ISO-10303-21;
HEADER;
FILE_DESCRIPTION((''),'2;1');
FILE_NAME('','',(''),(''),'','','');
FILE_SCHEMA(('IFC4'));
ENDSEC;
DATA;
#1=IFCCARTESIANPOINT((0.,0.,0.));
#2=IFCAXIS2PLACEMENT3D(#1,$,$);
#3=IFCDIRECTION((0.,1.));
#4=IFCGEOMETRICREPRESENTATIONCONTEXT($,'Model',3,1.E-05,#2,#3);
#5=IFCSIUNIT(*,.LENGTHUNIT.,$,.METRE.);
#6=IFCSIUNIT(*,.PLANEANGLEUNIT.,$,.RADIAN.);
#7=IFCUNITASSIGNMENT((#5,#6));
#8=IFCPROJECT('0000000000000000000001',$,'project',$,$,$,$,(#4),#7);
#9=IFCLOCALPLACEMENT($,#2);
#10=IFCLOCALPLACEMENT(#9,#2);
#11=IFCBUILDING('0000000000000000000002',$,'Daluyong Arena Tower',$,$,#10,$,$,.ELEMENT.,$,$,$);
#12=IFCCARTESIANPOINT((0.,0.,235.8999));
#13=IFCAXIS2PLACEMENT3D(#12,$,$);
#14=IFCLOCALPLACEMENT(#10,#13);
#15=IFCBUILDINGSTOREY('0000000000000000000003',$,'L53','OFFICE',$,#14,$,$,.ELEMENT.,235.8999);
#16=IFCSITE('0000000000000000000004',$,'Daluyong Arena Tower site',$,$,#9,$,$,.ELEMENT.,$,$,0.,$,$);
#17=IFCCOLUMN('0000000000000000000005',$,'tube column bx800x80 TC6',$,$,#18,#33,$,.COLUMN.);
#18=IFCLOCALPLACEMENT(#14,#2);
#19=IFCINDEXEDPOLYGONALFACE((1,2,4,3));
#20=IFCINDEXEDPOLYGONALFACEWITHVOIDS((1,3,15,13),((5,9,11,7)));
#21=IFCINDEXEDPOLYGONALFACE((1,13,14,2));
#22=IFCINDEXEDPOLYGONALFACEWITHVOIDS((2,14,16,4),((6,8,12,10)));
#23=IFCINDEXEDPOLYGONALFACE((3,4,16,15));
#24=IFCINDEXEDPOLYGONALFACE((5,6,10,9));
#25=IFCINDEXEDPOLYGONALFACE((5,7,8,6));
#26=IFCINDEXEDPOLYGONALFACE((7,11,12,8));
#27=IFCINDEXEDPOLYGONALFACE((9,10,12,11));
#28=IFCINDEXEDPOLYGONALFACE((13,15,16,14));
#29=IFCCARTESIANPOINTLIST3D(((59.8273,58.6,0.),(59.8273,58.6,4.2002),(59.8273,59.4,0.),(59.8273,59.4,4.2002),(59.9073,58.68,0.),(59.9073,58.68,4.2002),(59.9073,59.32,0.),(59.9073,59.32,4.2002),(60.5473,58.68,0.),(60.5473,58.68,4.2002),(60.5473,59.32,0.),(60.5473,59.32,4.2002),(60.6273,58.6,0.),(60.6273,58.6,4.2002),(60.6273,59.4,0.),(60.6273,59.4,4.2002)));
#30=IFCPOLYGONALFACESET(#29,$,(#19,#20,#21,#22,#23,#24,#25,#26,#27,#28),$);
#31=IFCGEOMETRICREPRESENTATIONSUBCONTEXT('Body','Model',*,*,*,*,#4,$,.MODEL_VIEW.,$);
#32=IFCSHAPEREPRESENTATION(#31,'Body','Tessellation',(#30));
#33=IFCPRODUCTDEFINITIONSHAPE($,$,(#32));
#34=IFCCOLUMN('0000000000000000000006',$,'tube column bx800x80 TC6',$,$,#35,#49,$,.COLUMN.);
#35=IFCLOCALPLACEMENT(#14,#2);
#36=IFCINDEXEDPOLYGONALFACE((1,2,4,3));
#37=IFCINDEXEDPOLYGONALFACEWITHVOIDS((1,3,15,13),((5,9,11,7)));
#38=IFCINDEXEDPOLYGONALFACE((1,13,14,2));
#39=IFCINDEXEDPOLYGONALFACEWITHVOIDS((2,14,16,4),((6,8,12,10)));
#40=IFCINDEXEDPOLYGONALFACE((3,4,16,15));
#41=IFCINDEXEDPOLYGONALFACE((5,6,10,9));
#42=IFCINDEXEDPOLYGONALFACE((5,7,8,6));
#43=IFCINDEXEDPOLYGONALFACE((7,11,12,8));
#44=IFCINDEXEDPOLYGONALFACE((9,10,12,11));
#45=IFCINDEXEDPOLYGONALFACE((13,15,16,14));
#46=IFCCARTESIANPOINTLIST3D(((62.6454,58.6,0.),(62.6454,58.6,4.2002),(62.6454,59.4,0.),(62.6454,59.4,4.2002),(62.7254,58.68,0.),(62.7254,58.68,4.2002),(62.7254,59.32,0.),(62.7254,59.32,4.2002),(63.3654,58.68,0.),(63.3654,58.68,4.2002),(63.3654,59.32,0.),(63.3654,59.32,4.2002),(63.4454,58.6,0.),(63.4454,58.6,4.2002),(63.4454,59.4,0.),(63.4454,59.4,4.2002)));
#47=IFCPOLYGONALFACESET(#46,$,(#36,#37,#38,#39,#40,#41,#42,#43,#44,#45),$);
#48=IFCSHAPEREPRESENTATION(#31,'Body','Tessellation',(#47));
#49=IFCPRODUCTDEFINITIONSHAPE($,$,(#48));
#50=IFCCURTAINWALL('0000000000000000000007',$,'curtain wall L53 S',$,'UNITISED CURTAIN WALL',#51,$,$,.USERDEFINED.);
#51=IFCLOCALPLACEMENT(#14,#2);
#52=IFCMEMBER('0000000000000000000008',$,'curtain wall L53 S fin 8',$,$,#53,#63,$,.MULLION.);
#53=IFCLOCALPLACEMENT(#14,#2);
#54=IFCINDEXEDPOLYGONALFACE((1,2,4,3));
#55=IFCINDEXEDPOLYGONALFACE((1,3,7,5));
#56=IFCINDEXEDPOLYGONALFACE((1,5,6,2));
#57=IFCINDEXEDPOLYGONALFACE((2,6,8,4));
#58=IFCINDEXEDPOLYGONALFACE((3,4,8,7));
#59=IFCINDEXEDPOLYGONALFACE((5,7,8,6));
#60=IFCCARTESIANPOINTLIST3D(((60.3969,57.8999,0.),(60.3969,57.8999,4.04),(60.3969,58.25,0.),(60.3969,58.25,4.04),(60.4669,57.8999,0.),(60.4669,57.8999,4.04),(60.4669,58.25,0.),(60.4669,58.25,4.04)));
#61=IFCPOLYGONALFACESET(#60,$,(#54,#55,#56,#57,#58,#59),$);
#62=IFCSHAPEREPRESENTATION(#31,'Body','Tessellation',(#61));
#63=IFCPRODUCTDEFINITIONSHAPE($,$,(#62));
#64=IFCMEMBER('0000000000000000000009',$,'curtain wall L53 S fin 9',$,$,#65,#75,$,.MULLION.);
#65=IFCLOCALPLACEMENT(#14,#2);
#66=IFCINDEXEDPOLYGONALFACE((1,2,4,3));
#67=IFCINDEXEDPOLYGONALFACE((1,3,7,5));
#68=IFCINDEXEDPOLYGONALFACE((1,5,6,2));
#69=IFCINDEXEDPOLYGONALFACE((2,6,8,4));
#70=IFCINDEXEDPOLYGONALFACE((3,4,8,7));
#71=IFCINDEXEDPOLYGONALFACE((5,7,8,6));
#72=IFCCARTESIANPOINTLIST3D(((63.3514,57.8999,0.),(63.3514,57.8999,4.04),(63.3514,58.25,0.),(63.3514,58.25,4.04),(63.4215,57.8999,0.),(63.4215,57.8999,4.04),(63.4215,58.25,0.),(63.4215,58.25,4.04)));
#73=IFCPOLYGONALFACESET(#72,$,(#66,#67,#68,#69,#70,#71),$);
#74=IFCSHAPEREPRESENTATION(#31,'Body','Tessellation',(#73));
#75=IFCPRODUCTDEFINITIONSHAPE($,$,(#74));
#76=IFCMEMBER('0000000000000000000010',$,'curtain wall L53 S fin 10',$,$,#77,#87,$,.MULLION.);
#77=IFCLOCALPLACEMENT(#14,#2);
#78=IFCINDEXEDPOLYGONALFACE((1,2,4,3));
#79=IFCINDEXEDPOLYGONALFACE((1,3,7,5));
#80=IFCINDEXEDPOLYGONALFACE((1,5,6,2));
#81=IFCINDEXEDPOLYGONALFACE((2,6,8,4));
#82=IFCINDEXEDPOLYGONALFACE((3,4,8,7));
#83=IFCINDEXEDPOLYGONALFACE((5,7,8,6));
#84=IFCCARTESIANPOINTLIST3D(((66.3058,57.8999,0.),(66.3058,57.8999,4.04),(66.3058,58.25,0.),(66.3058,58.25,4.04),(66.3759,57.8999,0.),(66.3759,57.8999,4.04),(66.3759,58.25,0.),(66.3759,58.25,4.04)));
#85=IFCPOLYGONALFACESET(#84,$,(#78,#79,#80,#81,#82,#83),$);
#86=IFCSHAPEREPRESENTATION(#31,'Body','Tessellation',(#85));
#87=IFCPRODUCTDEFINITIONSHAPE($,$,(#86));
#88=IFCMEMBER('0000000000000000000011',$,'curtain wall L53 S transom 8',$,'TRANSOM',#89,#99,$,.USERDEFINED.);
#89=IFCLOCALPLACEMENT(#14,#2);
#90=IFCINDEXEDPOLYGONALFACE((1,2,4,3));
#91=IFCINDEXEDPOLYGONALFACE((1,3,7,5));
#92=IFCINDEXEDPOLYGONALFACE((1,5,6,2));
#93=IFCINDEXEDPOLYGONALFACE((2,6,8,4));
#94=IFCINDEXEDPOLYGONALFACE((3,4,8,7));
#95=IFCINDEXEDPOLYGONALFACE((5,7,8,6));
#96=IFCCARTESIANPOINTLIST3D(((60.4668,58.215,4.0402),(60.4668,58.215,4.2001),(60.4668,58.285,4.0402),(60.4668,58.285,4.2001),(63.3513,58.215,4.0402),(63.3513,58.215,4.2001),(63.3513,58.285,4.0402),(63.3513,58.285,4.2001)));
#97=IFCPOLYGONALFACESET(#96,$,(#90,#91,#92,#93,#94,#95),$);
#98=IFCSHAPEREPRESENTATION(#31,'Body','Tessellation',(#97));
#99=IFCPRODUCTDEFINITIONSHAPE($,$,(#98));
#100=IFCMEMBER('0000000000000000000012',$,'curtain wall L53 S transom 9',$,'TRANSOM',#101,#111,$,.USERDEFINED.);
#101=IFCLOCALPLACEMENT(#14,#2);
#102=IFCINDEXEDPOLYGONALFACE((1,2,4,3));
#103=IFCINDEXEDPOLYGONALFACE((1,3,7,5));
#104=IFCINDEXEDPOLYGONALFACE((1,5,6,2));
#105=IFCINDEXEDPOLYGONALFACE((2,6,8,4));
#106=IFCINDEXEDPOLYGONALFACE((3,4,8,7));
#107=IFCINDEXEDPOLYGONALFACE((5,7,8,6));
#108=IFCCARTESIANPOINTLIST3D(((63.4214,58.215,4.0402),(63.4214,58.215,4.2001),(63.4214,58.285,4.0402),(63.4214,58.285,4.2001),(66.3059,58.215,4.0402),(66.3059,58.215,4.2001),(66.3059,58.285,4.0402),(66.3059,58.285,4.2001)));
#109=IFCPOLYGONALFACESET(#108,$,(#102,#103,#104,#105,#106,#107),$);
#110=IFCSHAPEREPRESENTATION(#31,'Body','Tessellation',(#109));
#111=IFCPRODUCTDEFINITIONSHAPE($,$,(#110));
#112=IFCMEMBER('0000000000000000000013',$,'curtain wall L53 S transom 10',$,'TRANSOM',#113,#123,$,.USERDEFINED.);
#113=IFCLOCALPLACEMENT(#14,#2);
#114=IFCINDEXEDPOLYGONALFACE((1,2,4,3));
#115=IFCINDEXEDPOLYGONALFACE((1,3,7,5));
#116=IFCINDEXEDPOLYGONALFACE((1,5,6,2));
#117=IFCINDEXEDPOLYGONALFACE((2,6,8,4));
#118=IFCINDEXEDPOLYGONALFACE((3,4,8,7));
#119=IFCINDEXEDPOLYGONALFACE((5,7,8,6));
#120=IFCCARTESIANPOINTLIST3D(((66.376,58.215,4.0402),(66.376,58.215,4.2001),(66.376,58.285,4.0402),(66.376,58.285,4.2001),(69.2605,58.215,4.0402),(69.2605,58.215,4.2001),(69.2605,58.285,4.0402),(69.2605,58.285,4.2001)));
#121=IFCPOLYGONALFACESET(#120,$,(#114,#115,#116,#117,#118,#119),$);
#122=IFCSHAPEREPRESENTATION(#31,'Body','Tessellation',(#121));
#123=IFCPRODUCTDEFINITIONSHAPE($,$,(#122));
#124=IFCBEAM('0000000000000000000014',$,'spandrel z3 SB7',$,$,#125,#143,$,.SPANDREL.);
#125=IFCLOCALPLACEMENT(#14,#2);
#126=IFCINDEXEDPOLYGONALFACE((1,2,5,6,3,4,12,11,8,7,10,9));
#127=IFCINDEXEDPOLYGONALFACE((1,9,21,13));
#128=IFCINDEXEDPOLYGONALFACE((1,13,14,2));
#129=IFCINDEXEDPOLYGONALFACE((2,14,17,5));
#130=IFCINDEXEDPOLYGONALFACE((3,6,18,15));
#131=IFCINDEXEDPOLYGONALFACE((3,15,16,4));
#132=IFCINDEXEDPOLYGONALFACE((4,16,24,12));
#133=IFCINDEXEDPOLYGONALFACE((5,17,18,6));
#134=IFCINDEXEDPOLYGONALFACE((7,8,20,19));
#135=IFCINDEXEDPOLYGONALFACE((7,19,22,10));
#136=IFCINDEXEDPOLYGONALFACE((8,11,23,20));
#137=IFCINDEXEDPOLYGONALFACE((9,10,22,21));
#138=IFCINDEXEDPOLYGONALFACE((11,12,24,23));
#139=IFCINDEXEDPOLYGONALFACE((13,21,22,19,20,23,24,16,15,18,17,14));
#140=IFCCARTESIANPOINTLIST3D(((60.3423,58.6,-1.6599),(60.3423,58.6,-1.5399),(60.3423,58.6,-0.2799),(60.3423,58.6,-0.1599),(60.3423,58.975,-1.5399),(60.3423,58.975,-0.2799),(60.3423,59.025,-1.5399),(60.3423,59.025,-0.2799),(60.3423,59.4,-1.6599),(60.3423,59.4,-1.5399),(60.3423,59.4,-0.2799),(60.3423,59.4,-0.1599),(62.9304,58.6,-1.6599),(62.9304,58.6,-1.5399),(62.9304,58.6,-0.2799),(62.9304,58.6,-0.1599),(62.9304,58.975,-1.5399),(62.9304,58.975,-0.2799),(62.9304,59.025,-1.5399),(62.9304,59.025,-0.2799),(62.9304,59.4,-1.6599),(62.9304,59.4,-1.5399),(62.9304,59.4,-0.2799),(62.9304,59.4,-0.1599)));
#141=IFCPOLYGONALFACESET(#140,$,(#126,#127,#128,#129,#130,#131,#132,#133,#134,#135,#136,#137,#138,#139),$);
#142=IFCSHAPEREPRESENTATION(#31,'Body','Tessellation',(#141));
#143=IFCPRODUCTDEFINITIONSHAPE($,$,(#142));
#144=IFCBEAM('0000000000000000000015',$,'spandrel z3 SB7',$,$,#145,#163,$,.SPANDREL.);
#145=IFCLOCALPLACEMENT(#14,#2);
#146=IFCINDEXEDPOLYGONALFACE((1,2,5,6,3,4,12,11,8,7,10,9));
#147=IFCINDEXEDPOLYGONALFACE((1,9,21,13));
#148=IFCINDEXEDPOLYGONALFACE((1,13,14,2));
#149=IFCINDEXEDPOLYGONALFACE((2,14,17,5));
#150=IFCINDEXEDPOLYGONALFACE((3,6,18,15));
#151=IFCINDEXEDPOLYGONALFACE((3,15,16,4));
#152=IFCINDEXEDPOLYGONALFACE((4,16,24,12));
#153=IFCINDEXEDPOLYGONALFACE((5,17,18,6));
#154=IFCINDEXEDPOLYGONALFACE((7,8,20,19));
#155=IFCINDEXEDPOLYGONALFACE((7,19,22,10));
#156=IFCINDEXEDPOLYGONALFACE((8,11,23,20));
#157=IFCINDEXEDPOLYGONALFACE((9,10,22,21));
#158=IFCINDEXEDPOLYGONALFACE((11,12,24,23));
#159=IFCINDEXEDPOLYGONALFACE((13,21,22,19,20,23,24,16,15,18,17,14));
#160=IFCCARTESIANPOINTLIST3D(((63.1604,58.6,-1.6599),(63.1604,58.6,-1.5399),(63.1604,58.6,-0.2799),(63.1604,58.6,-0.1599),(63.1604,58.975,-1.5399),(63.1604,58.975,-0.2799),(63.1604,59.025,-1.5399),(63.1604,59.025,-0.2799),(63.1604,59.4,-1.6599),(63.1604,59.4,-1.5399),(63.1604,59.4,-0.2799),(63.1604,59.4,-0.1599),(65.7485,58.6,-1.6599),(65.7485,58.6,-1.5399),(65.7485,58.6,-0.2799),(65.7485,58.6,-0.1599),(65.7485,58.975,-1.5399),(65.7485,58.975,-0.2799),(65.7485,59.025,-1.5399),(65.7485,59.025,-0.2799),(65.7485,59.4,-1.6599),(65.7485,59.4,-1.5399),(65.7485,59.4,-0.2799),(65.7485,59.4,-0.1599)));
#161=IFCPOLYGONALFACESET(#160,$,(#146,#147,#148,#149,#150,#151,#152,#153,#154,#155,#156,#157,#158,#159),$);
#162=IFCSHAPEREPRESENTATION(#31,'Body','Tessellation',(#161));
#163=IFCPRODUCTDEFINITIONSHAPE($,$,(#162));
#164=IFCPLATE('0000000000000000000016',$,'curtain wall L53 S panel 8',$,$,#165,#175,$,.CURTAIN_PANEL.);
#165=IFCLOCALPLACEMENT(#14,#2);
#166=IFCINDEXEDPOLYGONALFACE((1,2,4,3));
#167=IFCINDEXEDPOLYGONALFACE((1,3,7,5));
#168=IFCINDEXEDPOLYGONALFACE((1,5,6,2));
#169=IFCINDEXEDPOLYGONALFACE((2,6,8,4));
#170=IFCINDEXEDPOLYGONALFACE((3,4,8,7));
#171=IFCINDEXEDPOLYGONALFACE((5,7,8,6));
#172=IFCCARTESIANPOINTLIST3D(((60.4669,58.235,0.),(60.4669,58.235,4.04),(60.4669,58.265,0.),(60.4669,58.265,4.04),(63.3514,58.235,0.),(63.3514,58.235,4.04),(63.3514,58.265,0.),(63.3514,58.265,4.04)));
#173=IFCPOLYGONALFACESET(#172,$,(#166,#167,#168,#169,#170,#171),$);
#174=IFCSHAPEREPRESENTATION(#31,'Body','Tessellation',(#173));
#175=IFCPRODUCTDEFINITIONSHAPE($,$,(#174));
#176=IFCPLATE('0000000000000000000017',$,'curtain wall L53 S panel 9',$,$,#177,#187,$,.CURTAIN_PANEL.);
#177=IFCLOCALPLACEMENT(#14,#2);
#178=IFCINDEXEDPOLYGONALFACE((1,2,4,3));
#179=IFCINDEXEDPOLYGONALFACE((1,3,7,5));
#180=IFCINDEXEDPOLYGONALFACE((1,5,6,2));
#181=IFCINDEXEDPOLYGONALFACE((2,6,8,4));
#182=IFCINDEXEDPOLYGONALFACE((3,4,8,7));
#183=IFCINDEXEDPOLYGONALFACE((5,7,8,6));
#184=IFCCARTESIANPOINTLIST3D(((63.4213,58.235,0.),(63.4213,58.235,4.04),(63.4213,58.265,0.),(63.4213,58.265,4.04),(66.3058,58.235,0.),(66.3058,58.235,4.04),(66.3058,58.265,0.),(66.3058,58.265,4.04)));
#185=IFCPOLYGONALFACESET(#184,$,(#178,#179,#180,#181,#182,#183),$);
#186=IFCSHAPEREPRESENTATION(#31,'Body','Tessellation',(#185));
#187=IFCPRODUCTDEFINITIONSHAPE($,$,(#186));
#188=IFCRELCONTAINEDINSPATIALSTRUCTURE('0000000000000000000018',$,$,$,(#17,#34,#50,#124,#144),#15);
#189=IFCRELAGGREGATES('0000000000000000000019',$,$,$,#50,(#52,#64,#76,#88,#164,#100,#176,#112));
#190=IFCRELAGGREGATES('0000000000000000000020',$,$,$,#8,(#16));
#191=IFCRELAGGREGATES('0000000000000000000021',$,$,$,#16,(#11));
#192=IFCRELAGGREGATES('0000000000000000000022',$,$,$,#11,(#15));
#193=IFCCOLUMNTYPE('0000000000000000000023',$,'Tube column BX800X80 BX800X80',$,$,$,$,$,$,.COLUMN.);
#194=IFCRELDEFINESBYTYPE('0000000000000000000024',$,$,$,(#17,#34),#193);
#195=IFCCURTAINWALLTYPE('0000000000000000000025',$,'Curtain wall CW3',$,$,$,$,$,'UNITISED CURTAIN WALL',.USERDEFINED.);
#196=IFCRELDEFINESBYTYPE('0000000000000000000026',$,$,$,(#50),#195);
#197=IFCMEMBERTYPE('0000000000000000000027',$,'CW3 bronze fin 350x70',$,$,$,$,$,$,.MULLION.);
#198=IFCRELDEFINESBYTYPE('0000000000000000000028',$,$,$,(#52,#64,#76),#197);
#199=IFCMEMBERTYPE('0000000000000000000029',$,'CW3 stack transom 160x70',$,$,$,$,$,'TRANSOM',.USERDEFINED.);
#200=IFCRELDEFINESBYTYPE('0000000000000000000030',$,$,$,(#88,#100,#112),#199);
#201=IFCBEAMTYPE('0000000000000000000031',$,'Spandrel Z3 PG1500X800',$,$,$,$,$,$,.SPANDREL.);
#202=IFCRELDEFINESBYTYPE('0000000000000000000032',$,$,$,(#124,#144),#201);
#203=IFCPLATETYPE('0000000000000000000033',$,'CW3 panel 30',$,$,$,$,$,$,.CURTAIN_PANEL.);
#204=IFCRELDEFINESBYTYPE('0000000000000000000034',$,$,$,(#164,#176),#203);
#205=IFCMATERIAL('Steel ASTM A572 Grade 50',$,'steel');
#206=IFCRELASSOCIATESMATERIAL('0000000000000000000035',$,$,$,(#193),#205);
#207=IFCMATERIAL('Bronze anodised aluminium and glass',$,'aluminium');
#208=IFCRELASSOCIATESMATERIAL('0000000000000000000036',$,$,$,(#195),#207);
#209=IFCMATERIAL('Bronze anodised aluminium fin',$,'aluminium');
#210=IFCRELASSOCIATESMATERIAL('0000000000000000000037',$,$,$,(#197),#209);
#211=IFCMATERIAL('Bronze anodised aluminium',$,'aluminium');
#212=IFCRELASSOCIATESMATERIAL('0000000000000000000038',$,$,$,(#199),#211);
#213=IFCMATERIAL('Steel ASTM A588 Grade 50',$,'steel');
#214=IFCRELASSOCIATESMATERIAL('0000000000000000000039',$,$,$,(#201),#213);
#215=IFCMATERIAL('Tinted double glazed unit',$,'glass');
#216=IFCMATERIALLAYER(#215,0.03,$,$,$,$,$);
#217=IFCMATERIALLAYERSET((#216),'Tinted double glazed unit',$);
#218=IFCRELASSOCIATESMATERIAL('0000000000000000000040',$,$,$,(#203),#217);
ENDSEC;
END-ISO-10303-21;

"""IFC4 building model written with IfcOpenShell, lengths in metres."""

from ifc_helpers import new_model, si_unit, direction, frame, origin, origin_2d, place, context, subcontext, project, spatial, rectangle, hollow_rectangle, i_section, extrude, material, layer, layer_set, material_profile, profile_set, type_object, element, aggregate, save


model = new_model("IFC4")

# Units and contexts
model_context = context("Model", 3, precision=1e-05, world=origin(), true_north=direction((0.0, 1.0)))
body_context = subcontext(model_context, "Body", "Model", "MODEL_VIEW")
ifc_project = project(units=[si_unit("LENGTHUNIT", "METRE"), si_unit("PLANEANGLEUNIT", "RADIAN")], contexts=[model_context])

# Site, building, storey
site_placement = place(None, origin())
site = spatial("IfcSite", under=ifc_project, at=site_placement, Name="Daluyong Arena Tower site", CompositionType="ELEMENT", RefElevation=0.0)
building_placement = place(site_placement, origin())
building = spatial("IfcBuilding", under=site, at=building_placement, Name="Daluyong Arena Tower", CompositionType="ELEMENT")
storey_placement = place(building_placement, frame((0.0, 0.0, 235.8999)))
storey = spatial("IfcBuildingStorey", under=building, at=storey_placement, Name="L53", Description="OFFICE", CompositionType="ELEMENT", Elevation=235.8999)

# Columns
ifc_material_1 = material(Name="Steel ASTM A572 Grade 50", Category="steel")
ifc_material_profile_1 = material_profile(ifc_material_1, hollow_rectangle(XDim=0.8, YDim=0.8, WallThickness=0.08, at=origin_2d()))
ifc_profile_set_1 = profile_set([ifc_material_profile_1], Name="Steel ASTM A572 Grade 50")
column_type = type_object("IfcColumnType", Name="Tube column BX800X80 BX800X80", PredefinedType="COLUMN", material=ifc_profile_set_1)
for number, where, z_axis, x_axis, name in (
    (1, (60.2273, 59.0, 0.0), (0.0, 0.0, 1.0), (1.0, 0.0, 0.0), "tube column bx800x80 TC6"),
    (2, (63.0454, 59.0, 0.0), (0.0, 0.0, 1.0), (1.0, 0.0, 0.0), "tube column bx800x80 TC6"),
):
    element("IfcColumn", number, at=place(storey_placement, frame(where, z_axis=z_axis, x_axis=x_axis)), inside=storey, type_object=column_type, Name=name, PredefinedType="COLUMN", context=body_context, shape_type="SweptSolid", body=[
        extrude(hollow_rectangle(XDim=0.8, YDim=0.8, WallThickness=0.08, at=origin_2d()), origin(), (0.0, 0.0, 1.0), 4.2002),
    ])

# Curtain wall, members
ifc_material_2 = material(Name="Bronze anodised aluminium and glass", Category="aluminium")
curtain_wall_type = type_object("IfcCurtainWallType", Name="Curtain wall CW3", ElementType="UNITISED CURTAIN WALL", PredefinedType="USERDEFINED", material=ifc_material_2)
curtain_wall_placement = place(storey_placement, origin())
curtain_wall = element("IfcCurtainWall", 3, at=curtain_wall_placement, inside=storey, type_object=curtain_wall_type, Name="curtain wall L53 S", ObjectType="UNITISED CURTAIN WALL", PredefinedType="USERDEFINED")
ifc_material_3 = material(Name="Bronze anodised aluminium fin", Category="aluminium")
ifc_material_profile_2 = material_profile(ifc_material_3, rectangle(XDim=0.3501, YDim=0.0701, at=origin_2d()))
ifc_profile_set_2 = profile_set([ifc_material_profile_2], Name="Bronze anodised aluminium fin")
member_type_1 = type_object("IfcMemberType", Name="CW3 bronze fin 350x70", PredefinedType="MULLION", material=ifc_profile_set_2)
member_1_placement = place(storey_placement, frame((60.4319, 58.075, 0.0), z_axis=(0.0, 0.0, 1.0), x_axis=(0.0, 1.0, 0.0)))
member_1 = element("IfcMember", 4, at=member_1_placement, type_object=member_type_1, Name="curtain wall L53 S fin 8", PredefinedType="MULLION", context=body_context, shape_type="SweptSolid", body=[
    extrude(rectangle(XDim=0.3501, YDim=0.0701, at=origin_2d()), origin(), (0.0, 0.0, 1.0), 4.04),
])
member_2_placement = place(storey_placement, frame((63.3865, 58.075, 0.0), z_axis=(0.0, 0.0, 1.0), x_axis=(0.0, 1.0, 0.0)))
member_2 = element("IfcMember", 5, at=member_2_placement, type_object=member_type_1, Name="curtain wall L53 S fin 9", PredefinedType="MULLION", context=body_context, shape_type="SweptSolid", body=[
    extrude(rectangle(XDim=0.3501, YDim=0.0701, at=origin_2d()), origin(), (0.0, 0.0, 1.0), 4.04),
])
member_3_placement = place(storey_placement, frame((66.3408, 58.075, 0.0), z_axis=(0.0, 0.0, 1.0), x_axis=(0.0, 1.0, 0.0)))
member_3 = element("IfcMember", 6, at=member_3_placement, type_object=member_type_1, Name="curtain wall L53 S fin 10", PredefinedType="MULLION", context=body_context, shape_type="SweptSolid", body=[
    extrude(rectangle(XDim=0.3501, YDim=0.0701, at=origin_2d()), origin(), (0.0, 0.0, 1.0), 4.04),
])
ifc_material_4 = material(Name="Bronze anodised aluminium", Category="aluminium")
ifc_material_profile_3 = material_profile(ifc_material_4, rectangle(XDim=0.0701, YDim=0.1599, at=origin_2d()))
ifc_profile_set_3 = profile_set([ifc_material_profile_3], Name="Bronze anodised aluminium")
member_type_2 = type_object("IfcMemberType", Name="CW3 stack transom 160x70", ElementType="TRANSOM", PredefinedType="USERDEFINED", material=ifc_profile_set_3)
member_4_placement = place(storey_placement, frame((60.4668, 58.25, 4.1201), z_axis=(1.0, 0.0, 0.0), x_axis=(0.0, 1.0, 0.0)))
member_4 = element("IfcMember", 7, at=member_4_placement, type_object=member_type_2, Name="curtain wall L53 S transom 8", ObjectType="TRANSOM", PredefinedType="USERDEFINED", context=body_context, shape_type="SweptSolid", body=[
    extrude(rectangle(XDim=0.0701, YDim=0.1599, at=origin_2d()), origin(), (0.0, 0.0, 1.0), 2.8845),
])
member_5_placement = place(storey_placement, frame((63.4214, 58.25, 4.1201), z_axis=(1.0, 0.0, 0.0), x_axis=(0.0, 1.0, 0.0)))
member_5 = element("IfcMember", 8, at=member_5_placement, type_object=member_type_2, Name="curtain wall L53 S transom 9", ObjectType="TRANSOM", PredefinedType="USERDEFINED", context=body_context, shape_type="SweptSolid", body=[
    extrude(rectangle(XDim=0.0701, YDim=0.1599, at=origin_2d()), origin(), (0.0, 0.0, 1.0), 2.8845),
])
member_6_placement = place(storey_placement, frame((66.376, 58.25, 4.1201), z_axis=(1.0, 0.0, 0.0), x_axis=(0.0, 1.0, 0.0)))
member_6 = element("IfcMember", 9, at=member_6_placement, type_object=member_type_2, Name="curtain wall L53 S transom 10", ObjectType="TRANSOM", PredefinedType="USERDEFINED", context=body_context, shape_type="SweptSolid", body=[
    extrude(rectangle(XDim=0.0701, YDim=0.1599, at=origin_2d()), origin(), (0.0, 0.0, 1.0), 2.8845),
])

# Beams
ifc_material_5 = material(Name="Steel ASTM A588 Grade 50", Category="steel")
ifc_material_profile_4 = material_profile(ifc_material_5, i_section(OverallWidth=0.8, OverallDepth=1.5, WebThickness=0.05, FlangeThickness=0.12, at=origin_2d()))
ifc_profile_set_4 = profile_set([ifc_material_profile_4], Name="Steel ASTM A588 Grade 50")
beam_type = type_object("IfcBeamType", Name="Spandrel Z3 PG1500X800", PredefinedType="SPANDREL", material=ifc_profile_set_4)
for number, where, z_axis, x_axis, name in (
    (10, (60.3423, 59.0, -0.9099), (1.0, 0.0, 0.0), (0.0, 1.0, 0.0), "spandrel z3 SB7"),
    (11, (63.1604, 59.0, -0.9099), (1.0, 0.0, 0.0), (0.0, 1.0, 0.0), "spandrel z3 SB7"),
):
    element("IfcBeam", number, at=place(storey_placement, frame(where, z_axis=z_axis, x_axis=x_axis)), inside=storey, type_object=beam_type, Name=name, PredefinedType="SPANDREL", context=body_context, shape_type="SweptSolid", body=[
        extrude(i_section(OverallWidth=0.8, OverallDepth=1.5, WebThickness=0.05, FlangeThickness=0.12, at=origin_2d()), origin(), (0.0, 0.0, 1.0), 2.5881),
    ])

# Plates
ifc_material_6 = material(Name="Tinted double glazed unit", Category="glass")
ifc_layer = layer(ifc_material_6, 0.03)
ifc_layer_set = layer_set([ifc_layer], Name="Tinted double glazed unit")
plate_type = type_object("IfcPlateType", Name="CW3 panel 30", PredefinedType="CURTAIN_PANEL", material=ifc_layer_set)
plate_1_placement = place(storey_placement, frame((61.9092, 58.25, 0.0), z_axis=(0.0, 0.0, 1.0), x_axis=(1.0, 0.0, 0.0)))
plate_1 = element("IfcPlate", 12, at=plate_1_placement, type_object=plate_type, Name="curtain wall L53 S panel 8", PredefinedType="CURTAIN_PANEL", context=body_context, shape_type="SweptSolid", body=[
    extrude(rectangle(XDim=2.8845, YDim=0.03, at=origin_2d()), origin(), (0.0, 0.0, 1.0), 4.04),
])
plate_2_placement = place(storey_placement, frame((64.8635, 58.25, 0.0), z_axis=(0.0, 0.0, 1.0), x_axis=(1.0, 0.0, 0.0)))
plate_2 = element("IfcPlate", 13, at=plate_2_placement, type_object=plate_type, Name="curtain wall L53 S panel 9", PredefinedType="CURTAIN_PANEL", context=body_context, shape_type="SweptSolid", body=[
    extrude(rectangle(XDim=2.8845, YDim=0.03, at=origin_2d()), origin(), (0.0, 0.0, 1.0), 4.04),
])
aggregate(curtain_wall, [member_1, member_2, member_3, member_4, plate_1, member_5, plate_2, member_6])

save(model, "model.ifc")
